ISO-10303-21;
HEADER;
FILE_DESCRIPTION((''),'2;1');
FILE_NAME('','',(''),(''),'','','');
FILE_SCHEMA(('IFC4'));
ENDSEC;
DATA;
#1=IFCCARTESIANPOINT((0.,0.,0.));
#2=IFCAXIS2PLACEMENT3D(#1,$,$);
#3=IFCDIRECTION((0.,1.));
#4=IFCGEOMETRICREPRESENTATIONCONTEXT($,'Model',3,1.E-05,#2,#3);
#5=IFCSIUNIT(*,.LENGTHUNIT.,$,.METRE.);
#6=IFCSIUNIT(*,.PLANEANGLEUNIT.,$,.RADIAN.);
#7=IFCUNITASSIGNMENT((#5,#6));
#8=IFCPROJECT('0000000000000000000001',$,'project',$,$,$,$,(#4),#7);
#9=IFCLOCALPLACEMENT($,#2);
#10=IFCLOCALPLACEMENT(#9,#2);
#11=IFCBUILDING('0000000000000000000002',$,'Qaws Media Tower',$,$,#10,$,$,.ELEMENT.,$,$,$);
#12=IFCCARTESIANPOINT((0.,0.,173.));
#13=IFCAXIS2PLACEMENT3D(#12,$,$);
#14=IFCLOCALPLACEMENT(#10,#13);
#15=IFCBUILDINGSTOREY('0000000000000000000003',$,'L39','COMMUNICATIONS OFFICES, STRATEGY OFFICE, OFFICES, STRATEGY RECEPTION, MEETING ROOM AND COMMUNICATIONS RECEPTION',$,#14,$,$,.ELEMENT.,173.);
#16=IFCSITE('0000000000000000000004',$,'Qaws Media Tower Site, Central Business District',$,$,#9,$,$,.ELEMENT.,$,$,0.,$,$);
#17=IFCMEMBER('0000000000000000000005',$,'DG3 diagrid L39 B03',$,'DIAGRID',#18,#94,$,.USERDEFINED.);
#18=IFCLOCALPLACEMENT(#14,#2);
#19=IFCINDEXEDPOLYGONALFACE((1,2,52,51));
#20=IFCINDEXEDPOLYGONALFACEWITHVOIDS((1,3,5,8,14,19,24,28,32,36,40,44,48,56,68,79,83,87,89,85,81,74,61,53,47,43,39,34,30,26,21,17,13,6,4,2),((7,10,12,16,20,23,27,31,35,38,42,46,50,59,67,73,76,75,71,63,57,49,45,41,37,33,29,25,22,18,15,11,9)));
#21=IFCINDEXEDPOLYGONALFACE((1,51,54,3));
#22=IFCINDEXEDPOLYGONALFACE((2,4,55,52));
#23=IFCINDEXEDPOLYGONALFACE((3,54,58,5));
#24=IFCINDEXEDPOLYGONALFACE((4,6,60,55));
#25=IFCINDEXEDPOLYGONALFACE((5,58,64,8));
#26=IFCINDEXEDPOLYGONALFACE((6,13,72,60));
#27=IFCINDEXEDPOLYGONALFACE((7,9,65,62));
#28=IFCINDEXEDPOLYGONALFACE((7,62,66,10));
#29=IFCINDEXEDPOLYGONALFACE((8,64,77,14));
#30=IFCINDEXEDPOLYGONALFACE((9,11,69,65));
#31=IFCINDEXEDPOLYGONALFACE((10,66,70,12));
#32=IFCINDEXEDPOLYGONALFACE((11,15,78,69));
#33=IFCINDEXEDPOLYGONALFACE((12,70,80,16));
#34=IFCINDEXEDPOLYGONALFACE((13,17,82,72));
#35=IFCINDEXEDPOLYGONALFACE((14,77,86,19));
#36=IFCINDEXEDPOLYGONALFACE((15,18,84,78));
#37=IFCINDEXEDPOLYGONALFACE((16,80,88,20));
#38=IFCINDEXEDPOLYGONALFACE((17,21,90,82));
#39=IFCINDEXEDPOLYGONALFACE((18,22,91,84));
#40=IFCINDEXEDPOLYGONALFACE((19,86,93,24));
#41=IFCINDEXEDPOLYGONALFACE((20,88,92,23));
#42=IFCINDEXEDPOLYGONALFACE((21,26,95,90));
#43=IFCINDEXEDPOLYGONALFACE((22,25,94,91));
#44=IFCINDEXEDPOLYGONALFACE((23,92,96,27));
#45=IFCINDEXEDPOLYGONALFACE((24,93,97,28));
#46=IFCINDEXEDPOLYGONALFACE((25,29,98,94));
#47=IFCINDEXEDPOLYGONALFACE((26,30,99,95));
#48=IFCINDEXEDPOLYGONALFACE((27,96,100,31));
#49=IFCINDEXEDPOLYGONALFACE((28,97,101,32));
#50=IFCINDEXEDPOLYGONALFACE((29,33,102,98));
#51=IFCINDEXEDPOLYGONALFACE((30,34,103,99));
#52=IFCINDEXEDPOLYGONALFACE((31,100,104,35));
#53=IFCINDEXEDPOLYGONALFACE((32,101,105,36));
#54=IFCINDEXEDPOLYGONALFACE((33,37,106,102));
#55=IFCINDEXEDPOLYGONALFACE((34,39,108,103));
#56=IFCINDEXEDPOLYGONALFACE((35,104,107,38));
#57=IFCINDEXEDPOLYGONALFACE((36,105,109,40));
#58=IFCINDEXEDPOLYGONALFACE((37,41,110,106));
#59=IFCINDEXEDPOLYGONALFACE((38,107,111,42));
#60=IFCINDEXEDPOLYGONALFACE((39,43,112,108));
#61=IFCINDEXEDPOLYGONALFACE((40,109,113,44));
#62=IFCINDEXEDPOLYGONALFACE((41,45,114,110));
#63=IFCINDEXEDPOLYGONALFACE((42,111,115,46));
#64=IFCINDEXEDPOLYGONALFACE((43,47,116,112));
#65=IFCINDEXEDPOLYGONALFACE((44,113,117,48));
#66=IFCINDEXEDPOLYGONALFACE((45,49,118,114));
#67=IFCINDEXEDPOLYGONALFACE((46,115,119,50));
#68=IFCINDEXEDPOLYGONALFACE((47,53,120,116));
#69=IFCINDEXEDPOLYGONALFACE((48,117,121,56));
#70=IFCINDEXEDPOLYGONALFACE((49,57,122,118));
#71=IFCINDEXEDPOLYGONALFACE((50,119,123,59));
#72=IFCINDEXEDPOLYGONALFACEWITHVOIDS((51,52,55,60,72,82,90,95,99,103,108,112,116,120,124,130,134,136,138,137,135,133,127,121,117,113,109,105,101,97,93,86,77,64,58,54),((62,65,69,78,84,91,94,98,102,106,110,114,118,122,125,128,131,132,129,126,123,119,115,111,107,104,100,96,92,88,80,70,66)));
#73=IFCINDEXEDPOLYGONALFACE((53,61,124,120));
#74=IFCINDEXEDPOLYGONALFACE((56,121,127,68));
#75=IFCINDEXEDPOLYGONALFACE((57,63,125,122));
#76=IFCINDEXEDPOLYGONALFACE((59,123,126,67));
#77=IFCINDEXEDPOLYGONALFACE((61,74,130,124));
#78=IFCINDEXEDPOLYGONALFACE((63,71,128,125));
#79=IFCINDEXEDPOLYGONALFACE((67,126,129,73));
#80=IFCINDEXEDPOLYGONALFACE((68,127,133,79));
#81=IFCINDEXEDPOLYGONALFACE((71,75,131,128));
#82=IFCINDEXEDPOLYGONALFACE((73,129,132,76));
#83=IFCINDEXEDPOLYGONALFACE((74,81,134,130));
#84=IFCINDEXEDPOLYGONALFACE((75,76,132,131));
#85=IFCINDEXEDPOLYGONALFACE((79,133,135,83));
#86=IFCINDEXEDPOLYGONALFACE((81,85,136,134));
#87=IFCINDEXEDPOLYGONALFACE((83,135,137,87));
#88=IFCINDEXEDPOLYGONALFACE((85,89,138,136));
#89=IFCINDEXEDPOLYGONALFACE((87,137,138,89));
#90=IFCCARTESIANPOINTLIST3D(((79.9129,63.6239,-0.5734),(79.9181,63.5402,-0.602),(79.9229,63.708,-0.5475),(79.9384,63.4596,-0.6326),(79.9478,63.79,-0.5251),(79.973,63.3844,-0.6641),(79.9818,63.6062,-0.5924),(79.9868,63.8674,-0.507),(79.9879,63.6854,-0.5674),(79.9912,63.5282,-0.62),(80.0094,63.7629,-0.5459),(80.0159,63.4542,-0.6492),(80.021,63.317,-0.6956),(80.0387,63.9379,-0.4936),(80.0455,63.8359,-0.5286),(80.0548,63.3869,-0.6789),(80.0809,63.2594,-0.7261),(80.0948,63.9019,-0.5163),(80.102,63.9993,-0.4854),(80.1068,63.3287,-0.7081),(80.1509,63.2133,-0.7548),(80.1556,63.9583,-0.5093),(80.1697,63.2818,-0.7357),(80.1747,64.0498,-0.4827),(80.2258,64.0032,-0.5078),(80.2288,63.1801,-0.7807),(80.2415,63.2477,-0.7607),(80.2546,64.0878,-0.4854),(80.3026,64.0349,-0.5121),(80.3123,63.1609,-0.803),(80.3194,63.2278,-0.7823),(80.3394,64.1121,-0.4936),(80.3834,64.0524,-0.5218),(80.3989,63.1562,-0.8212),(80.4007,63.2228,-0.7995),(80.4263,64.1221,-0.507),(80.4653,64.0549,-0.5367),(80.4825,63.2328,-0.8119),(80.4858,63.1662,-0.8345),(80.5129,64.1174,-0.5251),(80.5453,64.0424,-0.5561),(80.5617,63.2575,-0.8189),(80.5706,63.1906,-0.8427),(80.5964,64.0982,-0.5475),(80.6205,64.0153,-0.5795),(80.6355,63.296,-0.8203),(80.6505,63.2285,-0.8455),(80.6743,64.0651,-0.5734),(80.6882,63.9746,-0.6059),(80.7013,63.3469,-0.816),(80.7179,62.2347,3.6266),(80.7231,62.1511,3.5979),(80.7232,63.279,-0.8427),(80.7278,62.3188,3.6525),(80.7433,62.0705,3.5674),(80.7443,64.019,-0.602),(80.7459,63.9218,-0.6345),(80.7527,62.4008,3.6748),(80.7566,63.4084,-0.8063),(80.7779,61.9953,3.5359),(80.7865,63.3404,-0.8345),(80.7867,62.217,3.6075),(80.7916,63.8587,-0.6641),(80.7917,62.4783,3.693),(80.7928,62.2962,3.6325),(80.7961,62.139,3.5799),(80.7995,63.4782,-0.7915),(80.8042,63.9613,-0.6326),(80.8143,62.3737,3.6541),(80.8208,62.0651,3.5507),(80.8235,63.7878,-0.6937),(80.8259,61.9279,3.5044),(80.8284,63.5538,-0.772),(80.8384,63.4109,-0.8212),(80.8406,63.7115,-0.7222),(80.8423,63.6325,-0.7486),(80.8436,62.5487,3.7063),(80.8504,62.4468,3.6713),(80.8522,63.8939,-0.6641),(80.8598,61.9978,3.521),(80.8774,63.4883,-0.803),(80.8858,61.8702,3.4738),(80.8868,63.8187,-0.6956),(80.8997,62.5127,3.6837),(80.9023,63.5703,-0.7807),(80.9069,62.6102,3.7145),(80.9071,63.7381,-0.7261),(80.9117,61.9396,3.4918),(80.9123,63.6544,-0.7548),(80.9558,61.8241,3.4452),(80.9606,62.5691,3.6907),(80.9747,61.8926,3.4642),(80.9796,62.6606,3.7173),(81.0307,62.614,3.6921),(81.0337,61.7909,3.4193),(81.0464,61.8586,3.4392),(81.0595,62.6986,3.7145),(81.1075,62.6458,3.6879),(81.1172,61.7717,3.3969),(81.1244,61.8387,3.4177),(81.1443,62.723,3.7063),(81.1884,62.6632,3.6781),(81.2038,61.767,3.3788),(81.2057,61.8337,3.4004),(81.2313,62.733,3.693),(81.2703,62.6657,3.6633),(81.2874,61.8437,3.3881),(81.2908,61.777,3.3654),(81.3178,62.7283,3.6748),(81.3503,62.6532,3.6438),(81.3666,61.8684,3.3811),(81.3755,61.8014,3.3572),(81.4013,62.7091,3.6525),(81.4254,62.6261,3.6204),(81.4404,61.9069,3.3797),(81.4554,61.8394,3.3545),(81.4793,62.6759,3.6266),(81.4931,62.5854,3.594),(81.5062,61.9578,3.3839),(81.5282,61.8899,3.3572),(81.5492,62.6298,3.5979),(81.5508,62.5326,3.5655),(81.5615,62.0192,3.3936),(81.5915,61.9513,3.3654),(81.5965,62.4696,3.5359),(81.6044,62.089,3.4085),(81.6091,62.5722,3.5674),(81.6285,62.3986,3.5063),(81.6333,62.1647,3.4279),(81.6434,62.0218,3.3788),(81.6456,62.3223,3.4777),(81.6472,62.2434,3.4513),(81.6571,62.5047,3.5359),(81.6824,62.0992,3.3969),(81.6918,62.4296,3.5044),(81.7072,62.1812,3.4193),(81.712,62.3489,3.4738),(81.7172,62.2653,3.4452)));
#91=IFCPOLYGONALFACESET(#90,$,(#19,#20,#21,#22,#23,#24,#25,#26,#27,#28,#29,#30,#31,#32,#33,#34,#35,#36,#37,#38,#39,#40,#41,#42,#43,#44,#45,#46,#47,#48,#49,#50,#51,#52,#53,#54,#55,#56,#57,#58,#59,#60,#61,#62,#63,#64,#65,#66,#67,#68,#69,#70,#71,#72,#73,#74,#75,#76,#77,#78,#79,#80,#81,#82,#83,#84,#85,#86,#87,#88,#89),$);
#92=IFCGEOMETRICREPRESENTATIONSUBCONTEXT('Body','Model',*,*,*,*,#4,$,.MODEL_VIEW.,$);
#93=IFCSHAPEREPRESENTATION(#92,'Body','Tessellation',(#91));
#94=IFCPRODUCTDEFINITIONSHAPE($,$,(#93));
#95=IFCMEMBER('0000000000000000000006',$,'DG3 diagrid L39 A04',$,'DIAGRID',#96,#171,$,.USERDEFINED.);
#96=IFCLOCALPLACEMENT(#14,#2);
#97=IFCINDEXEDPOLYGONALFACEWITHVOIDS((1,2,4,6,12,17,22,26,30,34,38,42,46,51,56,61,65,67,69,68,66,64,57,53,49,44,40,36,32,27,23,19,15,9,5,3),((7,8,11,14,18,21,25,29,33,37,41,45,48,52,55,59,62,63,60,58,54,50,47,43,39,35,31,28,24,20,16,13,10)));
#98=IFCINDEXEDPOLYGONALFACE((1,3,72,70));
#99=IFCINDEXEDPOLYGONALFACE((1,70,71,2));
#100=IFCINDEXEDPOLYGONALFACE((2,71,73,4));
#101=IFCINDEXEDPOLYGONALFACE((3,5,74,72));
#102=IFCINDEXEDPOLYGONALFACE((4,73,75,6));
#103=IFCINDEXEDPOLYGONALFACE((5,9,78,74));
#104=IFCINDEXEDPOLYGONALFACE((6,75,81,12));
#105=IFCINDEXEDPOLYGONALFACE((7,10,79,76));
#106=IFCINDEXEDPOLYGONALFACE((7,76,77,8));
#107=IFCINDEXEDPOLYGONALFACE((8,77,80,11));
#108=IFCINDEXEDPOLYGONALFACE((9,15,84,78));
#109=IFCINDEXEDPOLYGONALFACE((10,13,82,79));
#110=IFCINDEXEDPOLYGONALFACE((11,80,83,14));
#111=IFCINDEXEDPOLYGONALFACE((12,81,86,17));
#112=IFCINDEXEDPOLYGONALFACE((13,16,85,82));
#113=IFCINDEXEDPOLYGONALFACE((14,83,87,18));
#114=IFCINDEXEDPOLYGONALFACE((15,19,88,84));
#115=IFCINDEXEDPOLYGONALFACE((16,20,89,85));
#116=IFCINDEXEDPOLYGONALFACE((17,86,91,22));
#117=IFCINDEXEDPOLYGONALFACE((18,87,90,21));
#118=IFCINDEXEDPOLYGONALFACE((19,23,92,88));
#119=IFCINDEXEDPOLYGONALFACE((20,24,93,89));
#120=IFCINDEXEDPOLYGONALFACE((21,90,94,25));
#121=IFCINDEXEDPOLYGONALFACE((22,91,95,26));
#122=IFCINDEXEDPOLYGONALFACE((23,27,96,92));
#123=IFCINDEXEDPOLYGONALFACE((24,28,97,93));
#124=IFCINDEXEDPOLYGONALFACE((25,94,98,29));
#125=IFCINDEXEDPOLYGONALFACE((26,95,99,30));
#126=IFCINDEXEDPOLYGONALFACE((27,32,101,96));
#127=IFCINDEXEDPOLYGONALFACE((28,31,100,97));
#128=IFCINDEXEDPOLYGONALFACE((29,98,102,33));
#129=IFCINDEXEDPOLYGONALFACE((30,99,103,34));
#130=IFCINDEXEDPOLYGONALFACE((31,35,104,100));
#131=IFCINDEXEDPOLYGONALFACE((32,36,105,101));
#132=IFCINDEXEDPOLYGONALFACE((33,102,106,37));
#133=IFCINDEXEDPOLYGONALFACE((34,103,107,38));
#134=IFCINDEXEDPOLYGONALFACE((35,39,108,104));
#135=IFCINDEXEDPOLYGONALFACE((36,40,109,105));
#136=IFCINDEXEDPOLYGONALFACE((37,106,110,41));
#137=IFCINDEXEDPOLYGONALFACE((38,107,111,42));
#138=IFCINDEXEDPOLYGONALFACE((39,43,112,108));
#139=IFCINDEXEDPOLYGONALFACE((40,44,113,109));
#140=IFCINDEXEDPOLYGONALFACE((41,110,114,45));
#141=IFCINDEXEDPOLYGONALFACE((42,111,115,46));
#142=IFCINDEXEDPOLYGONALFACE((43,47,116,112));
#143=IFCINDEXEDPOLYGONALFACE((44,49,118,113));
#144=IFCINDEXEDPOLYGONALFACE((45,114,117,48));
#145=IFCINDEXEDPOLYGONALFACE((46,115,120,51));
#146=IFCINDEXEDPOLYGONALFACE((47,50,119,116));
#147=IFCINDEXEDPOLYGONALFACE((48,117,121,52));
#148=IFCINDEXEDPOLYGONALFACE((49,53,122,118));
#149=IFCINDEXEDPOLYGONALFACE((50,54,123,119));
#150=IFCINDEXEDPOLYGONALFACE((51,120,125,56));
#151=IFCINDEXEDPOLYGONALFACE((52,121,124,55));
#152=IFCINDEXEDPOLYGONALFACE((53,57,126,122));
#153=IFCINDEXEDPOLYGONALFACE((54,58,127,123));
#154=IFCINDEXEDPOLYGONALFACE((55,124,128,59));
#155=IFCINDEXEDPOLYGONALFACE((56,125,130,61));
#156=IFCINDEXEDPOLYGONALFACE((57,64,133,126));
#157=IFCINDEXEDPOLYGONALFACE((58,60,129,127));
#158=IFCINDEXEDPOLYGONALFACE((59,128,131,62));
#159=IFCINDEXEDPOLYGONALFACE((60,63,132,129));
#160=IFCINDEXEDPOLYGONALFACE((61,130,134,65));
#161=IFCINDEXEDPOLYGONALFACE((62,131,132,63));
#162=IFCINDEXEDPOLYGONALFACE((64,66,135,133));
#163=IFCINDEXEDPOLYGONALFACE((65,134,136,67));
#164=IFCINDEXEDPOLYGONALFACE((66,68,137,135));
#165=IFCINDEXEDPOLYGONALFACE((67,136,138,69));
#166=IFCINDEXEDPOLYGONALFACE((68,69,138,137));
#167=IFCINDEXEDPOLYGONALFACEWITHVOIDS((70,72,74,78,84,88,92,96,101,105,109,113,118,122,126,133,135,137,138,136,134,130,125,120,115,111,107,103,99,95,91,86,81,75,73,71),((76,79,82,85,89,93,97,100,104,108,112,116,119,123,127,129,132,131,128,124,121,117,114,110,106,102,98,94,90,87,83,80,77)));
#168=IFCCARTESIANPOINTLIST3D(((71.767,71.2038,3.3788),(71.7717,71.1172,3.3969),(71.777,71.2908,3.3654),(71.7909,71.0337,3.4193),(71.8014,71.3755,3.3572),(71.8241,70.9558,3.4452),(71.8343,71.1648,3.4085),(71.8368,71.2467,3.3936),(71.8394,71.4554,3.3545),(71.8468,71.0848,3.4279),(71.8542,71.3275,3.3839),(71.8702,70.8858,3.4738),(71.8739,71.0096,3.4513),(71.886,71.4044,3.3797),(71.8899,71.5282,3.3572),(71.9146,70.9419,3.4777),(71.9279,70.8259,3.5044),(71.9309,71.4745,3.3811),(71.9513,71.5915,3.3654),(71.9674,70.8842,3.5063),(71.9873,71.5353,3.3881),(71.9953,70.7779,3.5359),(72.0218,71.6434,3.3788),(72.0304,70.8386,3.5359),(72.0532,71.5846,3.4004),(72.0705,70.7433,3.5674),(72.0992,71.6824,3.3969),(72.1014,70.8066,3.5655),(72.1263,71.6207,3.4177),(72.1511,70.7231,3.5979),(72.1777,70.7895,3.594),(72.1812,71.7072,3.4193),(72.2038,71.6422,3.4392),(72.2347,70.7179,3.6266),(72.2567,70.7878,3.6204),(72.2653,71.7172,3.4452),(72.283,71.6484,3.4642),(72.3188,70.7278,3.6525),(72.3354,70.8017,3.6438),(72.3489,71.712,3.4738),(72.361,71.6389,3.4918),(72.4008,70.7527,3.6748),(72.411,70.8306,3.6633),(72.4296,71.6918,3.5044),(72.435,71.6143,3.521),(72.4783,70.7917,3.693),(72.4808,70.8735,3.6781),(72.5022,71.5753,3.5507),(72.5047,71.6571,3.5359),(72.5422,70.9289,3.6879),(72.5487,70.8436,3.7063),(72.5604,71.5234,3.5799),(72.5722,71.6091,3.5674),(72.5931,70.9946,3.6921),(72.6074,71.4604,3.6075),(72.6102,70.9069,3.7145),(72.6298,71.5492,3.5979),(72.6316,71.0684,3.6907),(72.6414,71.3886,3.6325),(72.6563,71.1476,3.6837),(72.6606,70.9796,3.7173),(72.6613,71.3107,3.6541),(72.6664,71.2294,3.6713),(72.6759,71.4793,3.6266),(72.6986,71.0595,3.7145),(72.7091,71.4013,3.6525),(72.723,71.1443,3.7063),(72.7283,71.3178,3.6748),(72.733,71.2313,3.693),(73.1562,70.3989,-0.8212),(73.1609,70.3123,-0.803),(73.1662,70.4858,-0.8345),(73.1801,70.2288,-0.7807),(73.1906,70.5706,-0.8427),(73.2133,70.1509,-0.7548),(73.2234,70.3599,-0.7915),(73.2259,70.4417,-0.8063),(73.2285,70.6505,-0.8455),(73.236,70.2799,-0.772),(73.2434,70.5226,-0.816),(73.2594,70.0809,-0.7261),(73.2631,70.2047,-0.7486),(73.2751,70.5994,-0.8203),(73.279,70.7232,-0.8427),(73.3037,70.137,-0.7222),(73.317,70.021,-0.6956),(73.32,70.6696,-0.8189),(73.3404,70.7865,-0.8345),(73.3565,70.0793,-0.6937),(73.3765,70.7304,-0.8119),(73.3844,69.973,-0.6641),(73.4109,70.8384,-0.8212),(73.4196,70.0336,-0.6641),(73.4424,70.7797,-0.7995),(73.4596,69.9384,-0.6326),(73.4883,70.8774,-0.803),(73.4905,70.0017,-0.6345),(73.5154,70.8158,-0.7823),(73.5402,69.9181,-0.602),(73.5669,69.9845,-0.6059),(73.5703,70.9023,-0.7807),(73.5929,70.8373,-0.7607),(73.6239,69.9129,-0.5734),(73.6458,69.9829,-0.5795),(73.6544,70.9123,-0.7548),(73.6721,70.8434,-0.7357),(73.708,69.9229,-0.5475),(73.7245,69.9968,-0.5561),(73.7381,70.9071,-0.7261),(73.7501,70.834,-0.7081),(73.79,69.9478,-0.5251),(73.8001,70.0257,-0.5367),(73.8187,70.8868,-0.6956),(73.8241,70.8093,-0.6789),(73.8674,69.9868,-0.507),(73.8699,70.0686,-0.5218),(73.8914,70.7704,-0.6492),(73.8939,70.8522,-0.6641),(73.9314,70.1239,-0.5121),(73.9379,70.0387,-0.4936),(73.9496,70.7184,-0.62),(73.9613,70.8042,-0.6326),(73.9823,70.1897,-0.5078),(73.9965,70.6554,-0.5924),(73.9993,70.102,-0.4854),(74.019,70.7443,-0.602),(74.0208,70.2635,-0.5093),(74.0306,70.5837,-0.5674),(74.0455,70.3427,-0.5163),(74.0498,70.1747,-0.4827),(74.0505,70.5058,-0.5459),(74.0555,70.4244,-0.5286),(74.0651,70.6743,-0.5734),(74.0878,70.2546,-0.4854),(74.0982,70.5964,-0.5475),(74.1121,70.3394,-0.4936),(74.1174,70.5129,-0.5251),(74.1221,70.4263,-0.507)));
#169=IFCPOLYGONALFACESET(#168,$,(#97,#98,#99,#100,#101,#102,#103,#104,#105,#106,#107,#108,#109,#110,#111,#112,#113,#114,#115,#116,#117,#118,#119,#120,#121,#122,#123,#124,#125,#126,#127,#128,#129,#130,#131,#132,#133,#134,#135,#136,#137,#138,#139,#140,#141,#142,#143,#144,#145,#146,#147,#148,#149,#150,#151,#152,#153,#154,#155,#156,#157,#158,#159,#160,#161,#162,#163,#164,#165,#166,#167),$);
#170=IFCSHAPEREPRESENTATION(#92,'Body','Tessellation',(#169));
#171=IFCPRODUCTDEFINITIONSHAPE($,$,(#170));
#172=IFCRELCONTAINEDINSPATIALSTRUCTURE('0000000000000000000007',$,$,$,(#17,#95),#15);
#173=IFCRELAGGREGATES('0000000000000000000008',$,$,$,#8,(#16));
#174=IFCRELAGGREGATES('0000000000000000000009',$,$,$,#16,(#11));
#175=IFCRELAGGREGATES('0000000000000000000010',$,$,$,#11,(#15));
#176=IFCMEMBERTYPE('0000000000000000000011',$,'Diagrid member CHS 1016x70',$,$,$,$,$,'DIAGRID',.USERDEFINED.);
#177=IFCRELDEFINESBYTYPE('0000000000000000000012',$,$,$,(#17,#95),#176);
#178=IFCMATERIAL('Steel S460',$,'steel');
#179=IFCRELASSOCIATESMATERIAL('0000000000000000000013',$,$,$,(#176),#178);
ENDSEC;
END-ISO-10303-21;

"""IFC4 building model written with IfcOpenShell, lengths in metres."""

from ifc_helpers import new_model, si_unit, direction, frame, origin, origin_2d, place, context, subcontext, project, spatial, hollow_circle, extrude, material, material_profile, profile_set, type_object, element, save


model = new_model("IFC4")

# Units and contexts
model_context = context("Model", 3, precision=1e-05, world=origin(), true_north=direction((0.0, 1.0)))
body_context = subcontext(model_context, "Body", "Model", "MODEL_VIEW")
ifc_project = project(units=[si_unit("LENGTHUNIT", "METRE"), si_unit("PLANEANGLEUNIT", "RADIAN")], contexts=[model_context])

# Site, building, storey
site_placement = place(None, origin())
site = spatial("IfcSite", under=ifc_project, at=site_placement, Name="Qaws Media Tower Site, Central Business District", CompositionType="ELEMENT", RefElevation=0.0)
building_placement = place(site_placement, origin())
building = spatial("IfcBuilding", under=site, at=building_placement, Name="Qaws Media Tower", CompositionType="ELEMENT")
storey_placement = place(building_placement, frame((0.0, 0.0, 173.0)))
storey = spatial("IfcBuildingStorey", under=building, at=storey_placement, Name="L39", Description="COMMUNICATIONS OFFICES, STRATEGY OFFICE, OFFICES, STRATEGY RECEPTION, MEETING ROOM AND COMMUNICATIONS RECEPTION", CompositionType="ELEMENT", Elevation=173.0)

# Members
ifc_material_1 = material(Name="Steel S460", Category="steel")
ifc_material_profile_1 = material_profile(ifc_material_1, hollow_circle(Radius=0.5081, WallThickness=0.0701, at=origin_2d()), Name="CHS 1016x70")
ifc_profile_set_1 = profile_set([ifc_material_profile_1], Name="Steel S460")
member_type_1 = type_object("IfcMemberType", Name="Diagrid member CHS 1016x70", ElementType="DIAGRID", PredefinedType="USERDEFINED", material=ifc_profile_set_1)
for number, where, z_axis, x_axis, name in (
    (1, (80.4126, 63.6392, -0.6641), (0.179018, -0.308952, 0.934078), (0.865242, 0.501354, 0.0), "DG3 diagrid L39 B03"),
    (2, (73.6392, 70.4126, -0.6641), (-0.308952, 0.179018, 0.934078), (-0.501354, -0.865242, 0.0), "DG3 diagrid L39 A04"),
):
    element("IfcMember", number, at=place(storey_placement, frame(where, z_axis=z_axis, x_axis=x_axis)), inside=storey, type_object=member_type_1, Name=name, ObjectType="DIAGRID", PredefinedType="USERDEFINED", context=body_context, shape_type="SweptSolid", body=[
        extrude(hollow_circle(Radius=0.5081, WallThickness=0.0701, at=origin_2d()), origin(), (0.0, 0.0, 1.0), 4.4963),
    ])

save(model, "model.ifc")
